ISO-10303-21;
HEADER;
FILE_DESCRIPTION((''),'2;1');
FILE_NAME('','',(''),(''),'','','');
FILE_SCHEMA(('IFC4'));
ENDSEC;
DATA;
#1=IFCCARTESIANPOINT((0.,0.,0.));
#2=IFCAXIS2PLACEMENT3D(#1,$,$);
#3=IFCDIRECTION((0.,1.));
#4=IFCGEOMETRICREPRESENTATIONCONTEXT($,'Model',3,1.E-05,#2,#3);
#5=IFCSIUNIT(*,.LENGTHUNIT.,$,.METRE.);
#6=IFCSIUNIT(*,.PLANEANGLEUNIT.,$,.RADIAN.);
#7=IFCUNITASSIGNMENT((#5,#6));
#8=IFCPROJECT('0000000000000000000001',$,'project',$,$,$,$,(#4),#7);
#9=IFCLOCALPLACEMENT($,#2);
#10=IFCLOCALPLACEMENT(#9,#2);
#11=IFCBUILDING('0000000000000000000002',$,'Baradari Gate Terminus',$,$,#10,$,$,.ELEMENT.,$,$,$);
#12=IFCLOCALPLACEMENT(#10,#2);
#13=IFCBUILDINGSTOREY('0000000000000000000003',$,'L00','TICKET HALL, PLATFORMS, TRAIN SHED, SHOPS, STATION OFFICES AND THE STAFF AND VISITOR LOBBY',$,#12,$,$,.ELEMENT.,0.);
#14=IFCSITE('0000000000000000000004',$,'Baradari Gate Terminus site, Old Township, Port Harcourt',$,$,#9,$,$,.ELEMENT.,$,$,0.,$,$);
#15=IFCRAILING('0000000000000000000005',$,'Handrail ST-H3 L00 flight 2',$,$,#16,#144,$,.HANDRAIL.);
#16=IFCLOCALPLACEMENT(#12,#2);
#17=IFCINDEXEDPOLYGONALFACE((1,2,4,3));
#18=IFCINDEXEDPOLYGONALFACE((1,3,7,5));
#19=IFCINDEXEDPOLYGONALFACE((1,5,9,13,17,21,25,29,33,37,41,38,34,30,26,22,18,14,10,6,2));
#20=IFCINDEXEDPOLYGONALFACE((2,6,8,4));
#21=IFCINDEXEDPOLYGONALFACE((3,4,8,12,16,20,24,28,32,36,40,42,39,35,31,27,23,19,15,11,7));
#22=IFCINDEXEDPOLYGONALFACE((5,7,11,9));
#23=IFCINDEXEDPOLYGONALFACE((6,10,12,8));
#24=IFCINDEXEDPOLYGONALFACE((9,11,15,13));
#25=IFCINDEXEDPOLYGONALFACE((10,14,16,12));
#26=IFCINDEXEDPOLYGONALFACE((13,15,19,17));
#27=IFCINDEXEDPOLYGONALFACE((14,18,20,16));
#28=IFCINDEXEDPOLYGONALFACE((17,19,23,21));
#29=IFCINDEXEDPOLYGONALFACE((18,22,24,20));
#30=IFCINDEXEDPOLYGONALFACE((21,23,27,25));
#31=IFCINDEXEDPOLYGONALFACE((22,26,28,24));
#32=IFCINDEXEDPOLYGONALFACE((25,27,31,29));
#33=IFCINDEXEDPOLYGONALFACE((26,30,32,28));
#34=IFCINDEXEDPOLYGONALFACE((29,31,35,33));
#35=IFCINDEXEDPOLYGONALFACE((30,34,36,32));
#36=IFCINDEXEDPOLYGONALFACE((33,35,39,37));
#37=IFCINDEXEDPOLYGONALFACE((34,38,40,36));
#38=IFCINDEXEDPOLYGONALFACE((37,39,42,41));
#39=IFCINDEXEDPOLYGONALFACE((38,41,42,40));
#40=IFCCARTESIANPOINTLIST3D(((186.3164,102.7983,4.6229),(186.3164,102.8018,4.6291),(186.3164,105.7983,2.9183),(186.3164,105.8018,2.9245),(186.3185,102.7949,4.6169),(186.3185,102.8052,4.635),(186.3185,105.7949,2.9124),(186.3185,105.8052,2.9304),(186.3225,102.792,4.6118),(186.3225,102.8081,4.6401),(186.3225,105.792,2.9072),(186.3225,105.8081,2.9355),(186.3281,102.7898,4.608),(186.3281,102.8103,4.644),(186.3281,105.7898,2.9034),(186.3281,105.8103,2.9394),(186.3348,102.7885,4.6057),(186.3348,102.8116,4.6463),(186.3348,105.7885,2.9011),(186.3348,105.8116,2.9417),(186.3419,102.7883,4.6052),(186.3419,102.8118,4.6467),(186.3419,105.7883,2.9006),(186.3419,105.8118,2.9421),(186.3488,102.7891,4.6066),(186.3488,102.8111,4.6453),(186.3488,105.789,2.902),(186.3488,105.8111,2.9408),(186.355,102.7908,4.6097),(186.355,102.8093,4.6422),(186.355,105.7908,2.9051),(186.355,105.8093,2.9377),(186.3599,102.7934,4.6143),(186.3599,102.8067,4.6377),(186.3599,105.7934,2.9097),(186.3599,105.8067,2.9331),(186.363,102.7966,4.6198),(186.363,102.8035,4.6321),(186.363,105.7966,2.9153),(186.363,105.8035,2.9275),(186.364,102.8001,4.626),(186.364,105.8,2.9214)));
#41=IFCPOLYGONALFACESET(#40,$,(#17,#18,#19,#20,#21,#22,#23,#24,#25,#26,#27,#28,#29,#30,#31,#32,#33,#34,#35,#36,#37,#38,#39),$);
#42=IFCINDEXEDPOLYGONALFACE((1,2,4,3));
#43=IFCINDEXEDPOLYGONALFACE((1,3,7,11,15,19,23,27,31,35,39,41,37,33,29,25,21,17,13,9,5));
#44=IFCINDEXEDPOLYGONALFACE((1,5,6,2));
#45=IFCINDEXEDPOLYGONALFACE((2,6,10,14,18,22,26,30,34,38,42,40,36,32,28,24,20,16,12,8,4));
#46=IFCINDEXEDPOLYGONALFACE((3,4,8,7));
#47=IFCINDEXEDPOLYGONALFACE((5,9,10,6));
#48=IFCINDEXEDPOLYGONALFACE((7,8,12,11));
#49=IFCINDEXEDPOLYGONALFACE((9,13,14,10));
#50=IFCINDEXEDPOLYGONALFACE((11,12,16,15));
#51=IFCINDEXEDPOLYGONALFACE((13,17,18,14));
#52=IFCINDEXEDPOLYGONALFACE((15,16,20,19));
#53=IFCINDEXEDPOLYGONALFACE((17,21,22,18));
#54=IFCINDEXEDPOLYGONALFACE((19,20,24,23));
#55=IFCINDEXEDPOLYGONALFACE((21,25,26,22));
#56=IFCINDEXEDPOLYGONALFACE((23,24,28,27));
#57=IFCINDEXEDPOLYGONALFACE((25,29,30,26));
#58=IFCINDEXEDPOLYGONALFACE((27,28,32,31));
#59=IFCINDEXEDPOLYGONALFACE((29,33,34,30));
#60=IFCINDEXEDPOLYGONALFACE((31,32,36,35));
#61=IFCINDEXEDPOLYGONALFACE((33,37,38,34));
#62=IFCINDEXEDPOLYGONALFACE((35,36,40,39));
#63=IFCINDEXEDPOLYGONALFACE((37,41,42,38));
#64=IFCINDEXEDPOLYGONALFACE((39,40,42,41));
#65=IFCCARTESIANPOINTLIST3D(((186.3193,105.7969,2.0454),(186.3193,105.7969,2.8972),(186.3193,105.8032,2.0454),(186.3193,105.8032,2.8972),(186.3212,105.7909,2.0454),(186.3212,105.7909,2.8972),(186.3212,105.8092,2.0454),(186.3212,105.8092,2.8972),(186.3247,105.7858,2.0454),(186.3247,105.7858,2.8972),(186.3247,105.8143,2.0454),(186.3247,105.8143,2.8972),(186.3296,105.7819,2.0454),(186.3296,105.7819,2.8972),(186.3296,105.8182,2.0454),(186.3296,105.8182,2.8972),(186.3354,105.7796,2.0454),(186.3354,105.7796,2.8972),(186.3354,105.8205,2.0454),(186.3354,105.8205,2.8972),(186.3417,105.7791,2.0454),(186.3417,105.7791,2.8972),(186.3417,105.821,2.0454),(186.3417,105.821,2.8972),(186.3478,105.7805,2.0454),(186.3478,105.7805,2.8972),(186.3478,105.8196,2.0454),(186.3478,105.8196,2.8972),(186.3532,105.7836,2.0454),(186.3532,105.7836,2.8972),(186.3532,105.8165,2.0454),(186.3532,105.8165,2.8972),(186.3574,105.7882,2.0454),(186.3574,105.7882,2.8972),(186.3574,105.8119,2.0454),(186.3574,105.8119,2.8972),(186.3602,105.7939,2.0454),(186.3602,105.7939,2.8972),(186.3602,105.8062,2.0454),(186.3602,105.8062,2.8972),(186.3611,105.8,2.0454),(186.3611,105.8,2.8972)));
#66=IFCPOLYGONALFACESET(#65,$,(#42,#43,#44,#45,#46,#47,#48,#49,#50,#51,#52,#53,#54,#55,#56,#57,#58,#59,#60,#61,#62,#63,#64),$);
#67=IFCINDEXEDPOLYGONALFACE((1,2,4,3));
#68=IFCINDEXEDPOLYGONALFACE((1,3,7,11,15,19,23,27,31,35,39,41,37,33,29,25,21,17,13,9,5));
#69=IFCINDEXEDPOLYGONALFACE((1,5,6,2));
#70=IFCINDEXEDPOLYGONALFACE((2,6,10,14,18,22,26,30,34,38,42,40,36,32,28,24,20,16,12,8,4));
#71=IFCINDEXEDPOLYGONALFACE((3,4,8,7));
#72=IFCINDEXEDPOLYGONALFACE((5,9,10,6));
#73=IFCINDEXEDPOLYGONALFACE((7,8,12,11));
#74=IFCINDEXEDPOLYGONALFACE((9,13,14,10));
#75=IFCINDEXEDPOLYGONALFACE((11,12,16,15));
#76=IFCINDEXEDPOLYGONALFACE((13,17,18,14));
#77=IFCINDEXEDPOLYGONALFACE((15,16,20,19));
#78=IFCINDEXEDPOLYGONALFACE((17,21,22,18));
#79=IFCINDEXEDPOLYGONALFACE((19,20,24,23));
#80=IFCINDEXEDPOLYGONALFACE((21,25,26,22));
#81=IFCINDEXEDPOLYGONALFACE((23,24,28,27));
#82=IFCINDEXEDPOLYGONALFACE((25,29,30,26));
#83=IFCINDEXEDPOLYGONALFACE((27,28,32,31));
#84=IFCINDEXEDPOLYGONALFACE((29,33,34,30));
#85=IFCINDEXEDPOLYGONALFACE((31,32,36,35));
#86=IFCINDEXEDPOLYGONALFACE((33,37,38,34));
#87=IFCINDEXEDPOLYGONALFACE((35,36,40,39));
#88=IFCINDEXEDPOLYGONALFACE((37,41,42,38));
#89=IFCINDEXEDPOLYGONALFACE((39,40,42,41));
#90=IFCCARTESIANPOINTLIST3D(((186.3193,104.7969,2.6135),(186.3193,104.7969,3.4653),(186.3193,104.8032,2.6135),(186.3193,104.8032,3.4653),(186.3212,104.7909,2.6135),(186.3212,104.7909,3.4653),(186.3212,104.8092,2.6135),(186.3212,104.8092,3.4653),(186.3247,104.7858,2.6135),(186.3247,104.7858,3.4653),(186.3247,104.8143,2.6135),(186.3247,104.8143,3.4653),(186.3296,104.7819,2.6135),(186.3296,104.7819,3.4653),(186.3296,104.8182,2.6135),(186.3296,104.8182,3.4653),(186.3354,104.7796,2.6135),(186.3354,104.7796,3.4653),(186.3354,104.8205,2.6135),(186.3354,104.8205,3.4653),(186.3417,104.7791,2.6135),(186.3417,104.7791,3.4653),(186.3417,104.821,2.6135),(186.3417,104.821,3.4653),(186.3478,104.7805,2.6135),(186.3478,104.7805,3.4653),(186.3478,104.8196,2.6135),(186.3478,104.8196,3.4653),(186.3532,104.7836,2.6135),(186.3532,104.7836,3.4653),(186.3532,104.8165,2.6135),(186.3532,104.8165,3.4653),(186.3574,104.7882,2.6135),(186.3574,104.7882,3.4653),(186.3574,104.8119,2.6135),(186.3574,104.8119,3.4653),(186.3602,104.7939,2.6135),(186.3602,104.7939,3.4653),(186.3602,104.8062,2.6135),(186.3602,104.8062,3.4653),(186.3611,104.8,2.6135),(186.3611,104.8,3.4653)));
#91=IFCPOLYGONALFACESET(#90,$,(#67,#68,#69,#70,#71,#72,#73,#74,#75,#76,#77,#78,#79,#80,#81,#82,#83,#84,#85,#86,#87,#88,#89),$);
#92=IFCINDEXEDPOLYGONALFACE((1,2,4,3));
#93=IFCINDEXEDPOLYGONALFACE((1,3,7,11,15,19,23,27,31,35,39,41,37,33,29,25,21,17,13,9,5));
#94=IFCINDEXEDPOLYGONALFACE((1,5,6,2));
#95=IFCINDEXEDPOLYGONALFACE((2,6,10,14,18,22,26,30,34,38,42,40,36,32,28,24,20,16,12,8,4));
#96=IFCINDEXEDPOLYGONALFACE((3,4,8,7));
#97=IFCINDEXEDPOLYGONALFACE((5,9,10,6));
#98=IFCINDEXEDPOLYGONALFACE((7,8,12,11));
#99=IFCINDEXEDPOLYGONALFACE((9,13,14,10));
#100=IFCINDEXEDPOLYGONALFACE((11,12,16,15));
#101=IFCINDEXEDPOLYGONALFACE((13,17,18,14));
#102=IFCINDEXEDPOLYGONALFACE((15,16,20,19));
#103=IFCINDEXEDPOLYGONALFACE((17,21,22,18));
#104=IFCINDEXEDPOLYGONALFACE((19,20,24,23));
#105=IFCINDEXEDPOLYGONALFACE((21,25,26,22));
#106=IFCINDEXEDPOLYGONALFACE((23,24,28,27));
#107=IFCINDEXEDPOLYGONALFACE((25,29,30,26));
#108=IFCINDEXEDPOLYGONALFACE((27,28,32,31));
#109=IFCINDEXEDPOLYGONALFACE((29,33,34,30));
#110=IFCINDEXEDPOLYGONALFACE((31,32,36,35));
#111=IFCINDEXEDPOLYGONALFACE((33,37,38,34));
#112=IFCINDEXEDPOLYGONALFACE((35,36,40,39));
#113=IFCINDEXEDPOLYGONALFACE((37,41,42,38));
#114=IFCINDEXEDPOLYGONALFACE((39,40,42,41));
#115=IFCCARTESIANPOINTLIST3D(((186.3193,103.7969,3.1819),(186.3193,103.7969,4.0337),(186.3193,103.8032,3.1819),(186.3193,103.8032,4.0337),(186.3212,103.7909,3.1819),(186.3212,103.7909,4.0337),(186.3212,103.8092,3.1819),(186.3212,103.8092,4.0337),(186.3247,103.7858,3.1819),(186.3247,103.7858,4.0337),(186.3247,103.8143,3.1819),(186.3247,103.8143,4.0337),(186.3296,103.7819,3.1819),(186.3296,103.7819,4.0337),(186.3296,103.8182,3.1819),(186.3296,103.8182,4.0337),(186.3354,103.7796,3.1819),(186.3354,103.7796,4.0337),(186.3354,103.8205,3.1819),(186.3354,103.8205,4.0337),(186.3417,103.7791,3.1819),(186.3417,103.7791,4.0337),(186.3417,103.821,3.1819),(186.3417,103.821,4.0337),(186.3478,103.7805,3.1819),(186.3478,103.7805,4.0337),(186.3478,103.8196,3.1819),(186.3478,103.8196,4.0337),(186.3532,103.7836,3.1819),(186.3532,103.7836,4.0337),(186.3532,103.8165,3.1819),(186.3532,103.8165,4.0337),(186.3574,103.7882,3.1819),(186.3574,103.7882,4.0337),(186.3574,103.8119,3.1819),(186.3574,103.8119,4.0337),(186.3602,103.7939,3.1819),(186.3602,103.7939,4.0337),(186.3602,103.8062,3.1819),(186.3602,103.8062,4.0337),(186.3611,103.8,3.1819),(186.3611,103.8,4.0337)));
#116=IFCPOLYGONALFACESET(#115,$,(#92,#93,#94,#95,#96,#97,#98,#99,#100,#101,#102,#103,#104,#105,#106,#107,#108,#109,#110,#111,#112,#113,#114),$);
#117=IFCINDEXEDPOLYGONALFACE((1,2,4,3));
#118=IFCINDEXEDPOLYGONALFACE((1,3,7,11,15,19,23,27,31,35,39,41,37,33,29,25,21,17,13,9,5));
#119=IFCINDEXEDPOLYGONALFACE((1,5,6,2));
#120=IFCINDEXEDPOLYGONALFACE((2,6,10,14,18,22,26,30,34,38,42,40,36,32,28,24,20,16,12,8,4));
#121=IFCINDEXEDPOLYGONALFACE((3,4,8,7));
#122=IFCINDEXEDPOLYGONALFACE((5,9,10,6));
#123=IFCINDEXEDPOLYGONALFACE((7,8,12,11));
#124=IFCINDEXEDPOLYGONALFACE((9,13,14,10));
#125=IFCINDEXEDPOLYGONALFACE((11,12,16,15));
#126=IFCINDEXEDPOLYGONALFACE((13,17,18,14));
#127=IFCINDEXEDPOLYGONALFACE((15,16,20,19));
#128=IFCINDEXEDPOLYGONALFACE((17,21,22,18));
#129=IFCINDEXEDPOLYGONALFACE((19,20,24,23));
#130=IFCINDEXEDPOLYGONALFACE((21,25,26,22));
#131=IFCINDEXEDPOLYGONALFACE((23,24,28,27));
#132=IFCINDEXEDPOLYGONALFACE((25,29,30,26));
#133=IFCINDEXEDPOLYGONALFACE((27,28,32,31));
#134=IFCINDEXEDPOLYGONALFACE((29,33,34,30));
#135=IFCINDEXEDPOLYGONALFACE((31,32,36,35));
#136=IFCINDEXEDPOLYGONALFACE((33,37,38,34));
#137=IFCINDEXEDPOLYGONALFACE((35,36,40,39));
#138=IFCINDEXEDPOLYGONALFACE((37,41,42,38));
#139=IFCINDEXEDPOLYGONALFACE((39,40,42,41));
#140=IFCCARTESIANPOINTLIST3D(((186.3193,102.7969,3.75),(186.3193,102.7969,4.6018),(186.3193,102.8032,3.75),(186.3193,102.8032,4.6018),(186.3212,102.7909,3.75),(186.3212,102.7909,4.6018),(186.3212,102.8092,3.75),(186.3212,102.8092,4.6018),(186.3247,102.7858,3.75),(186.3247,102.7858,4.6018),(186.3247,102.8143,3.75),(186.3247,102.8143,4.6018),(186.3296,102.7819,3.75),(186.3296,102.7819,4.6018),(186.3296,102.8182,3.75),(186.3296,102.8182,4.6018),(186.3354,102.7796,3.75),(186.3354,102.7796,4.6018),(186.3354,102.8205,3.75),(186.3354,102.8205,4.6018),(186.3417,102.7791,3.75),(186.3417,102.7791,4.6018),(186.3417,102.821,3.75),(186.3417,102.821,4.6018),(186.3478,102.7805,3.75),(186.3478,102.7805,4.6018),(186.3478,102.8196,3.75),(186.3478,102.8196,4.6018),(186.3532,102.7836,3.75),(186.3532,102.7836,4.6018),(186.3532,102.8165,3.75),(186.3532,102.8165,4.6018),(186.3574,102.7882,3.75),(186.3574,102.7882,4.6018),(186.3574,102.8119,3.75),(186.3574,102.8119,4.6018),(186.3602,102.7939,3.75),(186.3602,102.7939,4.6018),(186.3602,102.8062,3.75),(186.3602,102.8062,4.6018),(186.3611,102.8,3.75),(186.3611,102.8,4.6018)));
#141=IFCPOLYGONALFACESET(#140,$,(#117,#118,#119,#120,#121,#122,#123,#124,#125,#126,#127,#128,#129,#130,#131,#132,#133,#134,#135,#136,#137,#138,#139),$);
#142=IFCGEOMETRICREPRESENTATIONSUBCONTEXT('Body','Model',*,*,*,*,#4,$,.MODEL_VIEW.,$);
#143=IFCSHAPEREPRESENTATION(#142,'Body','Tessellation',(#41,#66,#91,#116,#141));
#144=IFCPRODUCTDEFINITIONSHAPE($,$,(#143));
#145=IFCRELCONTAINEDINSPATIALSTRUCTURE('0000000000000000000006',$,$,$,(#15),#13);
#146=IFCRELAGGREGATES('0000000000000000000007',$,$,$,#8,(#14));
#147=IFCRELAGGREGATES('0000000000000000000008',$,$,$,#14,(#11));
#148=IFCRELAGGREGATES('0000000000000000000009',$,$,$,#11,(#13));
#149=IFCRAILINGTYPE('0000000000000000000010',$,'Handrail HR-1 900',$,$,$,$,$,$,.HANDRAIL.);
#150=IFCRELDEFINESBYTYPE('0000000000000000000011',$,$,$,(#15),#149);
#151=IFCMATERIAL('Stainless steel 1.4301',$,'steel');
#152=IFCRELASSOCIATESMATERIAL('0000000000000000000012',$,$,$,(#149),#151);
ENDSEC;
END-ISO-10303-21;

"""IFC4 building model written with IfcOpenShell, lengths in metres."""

from ifc_helpers import new_model, si_unit, direction, frame, origin, origin_2d, place, context, subcontext, project, spatial, circle, extrude, material, type_object, element, save


model = new_model("IFC4")

# Units and contexts
model_context = context("Model", 3, precision=1e-05, world=origin(), true_north=direction((0.0, 1.0)))
body_context = subcontext(model_context, "Body", "Model", "MODEL_VIEW")
ifc_project = project(units=[si_unit("LENGTHUNIT", "METRE"), si_unit("PLANEANGLEUNIT", "RADIAN")], contexts=[model_context])

# Site, building, storey
site_placement = place(None, origin())
site = spatial("IfcSite", under=ifc_project, at=site_placement, Name="Baradari Gate Terminus site, Old Township, Port Harcourt", CompositionType="ELEMENT", RefElevation=0.0)
building_placement = place(site_placement, origin())
building = spatial("IfcBuilding", under=site, at=building_placement, Name="Baradari Gate Terminus", CompositionType="ELEMENT")
storey_placement = place(building_placement, origin())
storey = spatial("IfcBuildingStorey", under=building, at=storey_placement, Name="L00", Description="TICKET HALL, PLATFORMS, TRAIN SHED, SHOPS, STATION OFFICES AND THE STAFF AND VISITOR LOBBY", CompositionType="ELEMENT", Elevation=0.0)

# Railing
ifc_material_1 = material(Name="Stainless steel 1.4301", Category="steel")
railing_type_1 = type_object("IfcRailingType", Name="Handrail HR-1 900", PredefinedType="HANDRAIL", material=ifc_material_1)
for number, where, name in (
    (1, (186.3401, 105.8, 2.0454), "Handrail ST-H3 L00 flight 2"),
):
    element("IfcRailing", number, at=place(storey_placement, frame(where)), inside=storey, type_object=railing_type_1, Name=name, PredefinedType="HANDRAIL", context=body_context, shape_type="SweptSolid", body=[
        extrude(circle(Radius=0.0239, at=origin_2d()), frame((0.0, 0.0, 0.876), z_axis=(0.0, -0.869451, 0.494019), x_axis=(1.0, 0.0, 0.0)), (0.0, 0.0, 1.0), 3.4504),
        extrude(circle(Radius=0.021, at=origin_2d()), origin(), (0.0, 0.0, 1.0), 0.8518),
        extrude(circle(Radius=0.021, at=origin_2d()), frame((0.0, -1.0, 0.5681)), (0.0, 0.0, 1.0), 0.8518),
        extrude(circle(Radius=0.021, at=origin_2d()), frame((0.0, -2.0, 1.1365)), (0.0, 0.0, 1.0), 0.8518),
        extrude(circle(Radius=0.021, at=origin_2d()), frame((0.0, -3.0, 1.7046)), (0.0, 0.0, 1.0), 0.8518),
    ])

save(model, "model.ifc")
